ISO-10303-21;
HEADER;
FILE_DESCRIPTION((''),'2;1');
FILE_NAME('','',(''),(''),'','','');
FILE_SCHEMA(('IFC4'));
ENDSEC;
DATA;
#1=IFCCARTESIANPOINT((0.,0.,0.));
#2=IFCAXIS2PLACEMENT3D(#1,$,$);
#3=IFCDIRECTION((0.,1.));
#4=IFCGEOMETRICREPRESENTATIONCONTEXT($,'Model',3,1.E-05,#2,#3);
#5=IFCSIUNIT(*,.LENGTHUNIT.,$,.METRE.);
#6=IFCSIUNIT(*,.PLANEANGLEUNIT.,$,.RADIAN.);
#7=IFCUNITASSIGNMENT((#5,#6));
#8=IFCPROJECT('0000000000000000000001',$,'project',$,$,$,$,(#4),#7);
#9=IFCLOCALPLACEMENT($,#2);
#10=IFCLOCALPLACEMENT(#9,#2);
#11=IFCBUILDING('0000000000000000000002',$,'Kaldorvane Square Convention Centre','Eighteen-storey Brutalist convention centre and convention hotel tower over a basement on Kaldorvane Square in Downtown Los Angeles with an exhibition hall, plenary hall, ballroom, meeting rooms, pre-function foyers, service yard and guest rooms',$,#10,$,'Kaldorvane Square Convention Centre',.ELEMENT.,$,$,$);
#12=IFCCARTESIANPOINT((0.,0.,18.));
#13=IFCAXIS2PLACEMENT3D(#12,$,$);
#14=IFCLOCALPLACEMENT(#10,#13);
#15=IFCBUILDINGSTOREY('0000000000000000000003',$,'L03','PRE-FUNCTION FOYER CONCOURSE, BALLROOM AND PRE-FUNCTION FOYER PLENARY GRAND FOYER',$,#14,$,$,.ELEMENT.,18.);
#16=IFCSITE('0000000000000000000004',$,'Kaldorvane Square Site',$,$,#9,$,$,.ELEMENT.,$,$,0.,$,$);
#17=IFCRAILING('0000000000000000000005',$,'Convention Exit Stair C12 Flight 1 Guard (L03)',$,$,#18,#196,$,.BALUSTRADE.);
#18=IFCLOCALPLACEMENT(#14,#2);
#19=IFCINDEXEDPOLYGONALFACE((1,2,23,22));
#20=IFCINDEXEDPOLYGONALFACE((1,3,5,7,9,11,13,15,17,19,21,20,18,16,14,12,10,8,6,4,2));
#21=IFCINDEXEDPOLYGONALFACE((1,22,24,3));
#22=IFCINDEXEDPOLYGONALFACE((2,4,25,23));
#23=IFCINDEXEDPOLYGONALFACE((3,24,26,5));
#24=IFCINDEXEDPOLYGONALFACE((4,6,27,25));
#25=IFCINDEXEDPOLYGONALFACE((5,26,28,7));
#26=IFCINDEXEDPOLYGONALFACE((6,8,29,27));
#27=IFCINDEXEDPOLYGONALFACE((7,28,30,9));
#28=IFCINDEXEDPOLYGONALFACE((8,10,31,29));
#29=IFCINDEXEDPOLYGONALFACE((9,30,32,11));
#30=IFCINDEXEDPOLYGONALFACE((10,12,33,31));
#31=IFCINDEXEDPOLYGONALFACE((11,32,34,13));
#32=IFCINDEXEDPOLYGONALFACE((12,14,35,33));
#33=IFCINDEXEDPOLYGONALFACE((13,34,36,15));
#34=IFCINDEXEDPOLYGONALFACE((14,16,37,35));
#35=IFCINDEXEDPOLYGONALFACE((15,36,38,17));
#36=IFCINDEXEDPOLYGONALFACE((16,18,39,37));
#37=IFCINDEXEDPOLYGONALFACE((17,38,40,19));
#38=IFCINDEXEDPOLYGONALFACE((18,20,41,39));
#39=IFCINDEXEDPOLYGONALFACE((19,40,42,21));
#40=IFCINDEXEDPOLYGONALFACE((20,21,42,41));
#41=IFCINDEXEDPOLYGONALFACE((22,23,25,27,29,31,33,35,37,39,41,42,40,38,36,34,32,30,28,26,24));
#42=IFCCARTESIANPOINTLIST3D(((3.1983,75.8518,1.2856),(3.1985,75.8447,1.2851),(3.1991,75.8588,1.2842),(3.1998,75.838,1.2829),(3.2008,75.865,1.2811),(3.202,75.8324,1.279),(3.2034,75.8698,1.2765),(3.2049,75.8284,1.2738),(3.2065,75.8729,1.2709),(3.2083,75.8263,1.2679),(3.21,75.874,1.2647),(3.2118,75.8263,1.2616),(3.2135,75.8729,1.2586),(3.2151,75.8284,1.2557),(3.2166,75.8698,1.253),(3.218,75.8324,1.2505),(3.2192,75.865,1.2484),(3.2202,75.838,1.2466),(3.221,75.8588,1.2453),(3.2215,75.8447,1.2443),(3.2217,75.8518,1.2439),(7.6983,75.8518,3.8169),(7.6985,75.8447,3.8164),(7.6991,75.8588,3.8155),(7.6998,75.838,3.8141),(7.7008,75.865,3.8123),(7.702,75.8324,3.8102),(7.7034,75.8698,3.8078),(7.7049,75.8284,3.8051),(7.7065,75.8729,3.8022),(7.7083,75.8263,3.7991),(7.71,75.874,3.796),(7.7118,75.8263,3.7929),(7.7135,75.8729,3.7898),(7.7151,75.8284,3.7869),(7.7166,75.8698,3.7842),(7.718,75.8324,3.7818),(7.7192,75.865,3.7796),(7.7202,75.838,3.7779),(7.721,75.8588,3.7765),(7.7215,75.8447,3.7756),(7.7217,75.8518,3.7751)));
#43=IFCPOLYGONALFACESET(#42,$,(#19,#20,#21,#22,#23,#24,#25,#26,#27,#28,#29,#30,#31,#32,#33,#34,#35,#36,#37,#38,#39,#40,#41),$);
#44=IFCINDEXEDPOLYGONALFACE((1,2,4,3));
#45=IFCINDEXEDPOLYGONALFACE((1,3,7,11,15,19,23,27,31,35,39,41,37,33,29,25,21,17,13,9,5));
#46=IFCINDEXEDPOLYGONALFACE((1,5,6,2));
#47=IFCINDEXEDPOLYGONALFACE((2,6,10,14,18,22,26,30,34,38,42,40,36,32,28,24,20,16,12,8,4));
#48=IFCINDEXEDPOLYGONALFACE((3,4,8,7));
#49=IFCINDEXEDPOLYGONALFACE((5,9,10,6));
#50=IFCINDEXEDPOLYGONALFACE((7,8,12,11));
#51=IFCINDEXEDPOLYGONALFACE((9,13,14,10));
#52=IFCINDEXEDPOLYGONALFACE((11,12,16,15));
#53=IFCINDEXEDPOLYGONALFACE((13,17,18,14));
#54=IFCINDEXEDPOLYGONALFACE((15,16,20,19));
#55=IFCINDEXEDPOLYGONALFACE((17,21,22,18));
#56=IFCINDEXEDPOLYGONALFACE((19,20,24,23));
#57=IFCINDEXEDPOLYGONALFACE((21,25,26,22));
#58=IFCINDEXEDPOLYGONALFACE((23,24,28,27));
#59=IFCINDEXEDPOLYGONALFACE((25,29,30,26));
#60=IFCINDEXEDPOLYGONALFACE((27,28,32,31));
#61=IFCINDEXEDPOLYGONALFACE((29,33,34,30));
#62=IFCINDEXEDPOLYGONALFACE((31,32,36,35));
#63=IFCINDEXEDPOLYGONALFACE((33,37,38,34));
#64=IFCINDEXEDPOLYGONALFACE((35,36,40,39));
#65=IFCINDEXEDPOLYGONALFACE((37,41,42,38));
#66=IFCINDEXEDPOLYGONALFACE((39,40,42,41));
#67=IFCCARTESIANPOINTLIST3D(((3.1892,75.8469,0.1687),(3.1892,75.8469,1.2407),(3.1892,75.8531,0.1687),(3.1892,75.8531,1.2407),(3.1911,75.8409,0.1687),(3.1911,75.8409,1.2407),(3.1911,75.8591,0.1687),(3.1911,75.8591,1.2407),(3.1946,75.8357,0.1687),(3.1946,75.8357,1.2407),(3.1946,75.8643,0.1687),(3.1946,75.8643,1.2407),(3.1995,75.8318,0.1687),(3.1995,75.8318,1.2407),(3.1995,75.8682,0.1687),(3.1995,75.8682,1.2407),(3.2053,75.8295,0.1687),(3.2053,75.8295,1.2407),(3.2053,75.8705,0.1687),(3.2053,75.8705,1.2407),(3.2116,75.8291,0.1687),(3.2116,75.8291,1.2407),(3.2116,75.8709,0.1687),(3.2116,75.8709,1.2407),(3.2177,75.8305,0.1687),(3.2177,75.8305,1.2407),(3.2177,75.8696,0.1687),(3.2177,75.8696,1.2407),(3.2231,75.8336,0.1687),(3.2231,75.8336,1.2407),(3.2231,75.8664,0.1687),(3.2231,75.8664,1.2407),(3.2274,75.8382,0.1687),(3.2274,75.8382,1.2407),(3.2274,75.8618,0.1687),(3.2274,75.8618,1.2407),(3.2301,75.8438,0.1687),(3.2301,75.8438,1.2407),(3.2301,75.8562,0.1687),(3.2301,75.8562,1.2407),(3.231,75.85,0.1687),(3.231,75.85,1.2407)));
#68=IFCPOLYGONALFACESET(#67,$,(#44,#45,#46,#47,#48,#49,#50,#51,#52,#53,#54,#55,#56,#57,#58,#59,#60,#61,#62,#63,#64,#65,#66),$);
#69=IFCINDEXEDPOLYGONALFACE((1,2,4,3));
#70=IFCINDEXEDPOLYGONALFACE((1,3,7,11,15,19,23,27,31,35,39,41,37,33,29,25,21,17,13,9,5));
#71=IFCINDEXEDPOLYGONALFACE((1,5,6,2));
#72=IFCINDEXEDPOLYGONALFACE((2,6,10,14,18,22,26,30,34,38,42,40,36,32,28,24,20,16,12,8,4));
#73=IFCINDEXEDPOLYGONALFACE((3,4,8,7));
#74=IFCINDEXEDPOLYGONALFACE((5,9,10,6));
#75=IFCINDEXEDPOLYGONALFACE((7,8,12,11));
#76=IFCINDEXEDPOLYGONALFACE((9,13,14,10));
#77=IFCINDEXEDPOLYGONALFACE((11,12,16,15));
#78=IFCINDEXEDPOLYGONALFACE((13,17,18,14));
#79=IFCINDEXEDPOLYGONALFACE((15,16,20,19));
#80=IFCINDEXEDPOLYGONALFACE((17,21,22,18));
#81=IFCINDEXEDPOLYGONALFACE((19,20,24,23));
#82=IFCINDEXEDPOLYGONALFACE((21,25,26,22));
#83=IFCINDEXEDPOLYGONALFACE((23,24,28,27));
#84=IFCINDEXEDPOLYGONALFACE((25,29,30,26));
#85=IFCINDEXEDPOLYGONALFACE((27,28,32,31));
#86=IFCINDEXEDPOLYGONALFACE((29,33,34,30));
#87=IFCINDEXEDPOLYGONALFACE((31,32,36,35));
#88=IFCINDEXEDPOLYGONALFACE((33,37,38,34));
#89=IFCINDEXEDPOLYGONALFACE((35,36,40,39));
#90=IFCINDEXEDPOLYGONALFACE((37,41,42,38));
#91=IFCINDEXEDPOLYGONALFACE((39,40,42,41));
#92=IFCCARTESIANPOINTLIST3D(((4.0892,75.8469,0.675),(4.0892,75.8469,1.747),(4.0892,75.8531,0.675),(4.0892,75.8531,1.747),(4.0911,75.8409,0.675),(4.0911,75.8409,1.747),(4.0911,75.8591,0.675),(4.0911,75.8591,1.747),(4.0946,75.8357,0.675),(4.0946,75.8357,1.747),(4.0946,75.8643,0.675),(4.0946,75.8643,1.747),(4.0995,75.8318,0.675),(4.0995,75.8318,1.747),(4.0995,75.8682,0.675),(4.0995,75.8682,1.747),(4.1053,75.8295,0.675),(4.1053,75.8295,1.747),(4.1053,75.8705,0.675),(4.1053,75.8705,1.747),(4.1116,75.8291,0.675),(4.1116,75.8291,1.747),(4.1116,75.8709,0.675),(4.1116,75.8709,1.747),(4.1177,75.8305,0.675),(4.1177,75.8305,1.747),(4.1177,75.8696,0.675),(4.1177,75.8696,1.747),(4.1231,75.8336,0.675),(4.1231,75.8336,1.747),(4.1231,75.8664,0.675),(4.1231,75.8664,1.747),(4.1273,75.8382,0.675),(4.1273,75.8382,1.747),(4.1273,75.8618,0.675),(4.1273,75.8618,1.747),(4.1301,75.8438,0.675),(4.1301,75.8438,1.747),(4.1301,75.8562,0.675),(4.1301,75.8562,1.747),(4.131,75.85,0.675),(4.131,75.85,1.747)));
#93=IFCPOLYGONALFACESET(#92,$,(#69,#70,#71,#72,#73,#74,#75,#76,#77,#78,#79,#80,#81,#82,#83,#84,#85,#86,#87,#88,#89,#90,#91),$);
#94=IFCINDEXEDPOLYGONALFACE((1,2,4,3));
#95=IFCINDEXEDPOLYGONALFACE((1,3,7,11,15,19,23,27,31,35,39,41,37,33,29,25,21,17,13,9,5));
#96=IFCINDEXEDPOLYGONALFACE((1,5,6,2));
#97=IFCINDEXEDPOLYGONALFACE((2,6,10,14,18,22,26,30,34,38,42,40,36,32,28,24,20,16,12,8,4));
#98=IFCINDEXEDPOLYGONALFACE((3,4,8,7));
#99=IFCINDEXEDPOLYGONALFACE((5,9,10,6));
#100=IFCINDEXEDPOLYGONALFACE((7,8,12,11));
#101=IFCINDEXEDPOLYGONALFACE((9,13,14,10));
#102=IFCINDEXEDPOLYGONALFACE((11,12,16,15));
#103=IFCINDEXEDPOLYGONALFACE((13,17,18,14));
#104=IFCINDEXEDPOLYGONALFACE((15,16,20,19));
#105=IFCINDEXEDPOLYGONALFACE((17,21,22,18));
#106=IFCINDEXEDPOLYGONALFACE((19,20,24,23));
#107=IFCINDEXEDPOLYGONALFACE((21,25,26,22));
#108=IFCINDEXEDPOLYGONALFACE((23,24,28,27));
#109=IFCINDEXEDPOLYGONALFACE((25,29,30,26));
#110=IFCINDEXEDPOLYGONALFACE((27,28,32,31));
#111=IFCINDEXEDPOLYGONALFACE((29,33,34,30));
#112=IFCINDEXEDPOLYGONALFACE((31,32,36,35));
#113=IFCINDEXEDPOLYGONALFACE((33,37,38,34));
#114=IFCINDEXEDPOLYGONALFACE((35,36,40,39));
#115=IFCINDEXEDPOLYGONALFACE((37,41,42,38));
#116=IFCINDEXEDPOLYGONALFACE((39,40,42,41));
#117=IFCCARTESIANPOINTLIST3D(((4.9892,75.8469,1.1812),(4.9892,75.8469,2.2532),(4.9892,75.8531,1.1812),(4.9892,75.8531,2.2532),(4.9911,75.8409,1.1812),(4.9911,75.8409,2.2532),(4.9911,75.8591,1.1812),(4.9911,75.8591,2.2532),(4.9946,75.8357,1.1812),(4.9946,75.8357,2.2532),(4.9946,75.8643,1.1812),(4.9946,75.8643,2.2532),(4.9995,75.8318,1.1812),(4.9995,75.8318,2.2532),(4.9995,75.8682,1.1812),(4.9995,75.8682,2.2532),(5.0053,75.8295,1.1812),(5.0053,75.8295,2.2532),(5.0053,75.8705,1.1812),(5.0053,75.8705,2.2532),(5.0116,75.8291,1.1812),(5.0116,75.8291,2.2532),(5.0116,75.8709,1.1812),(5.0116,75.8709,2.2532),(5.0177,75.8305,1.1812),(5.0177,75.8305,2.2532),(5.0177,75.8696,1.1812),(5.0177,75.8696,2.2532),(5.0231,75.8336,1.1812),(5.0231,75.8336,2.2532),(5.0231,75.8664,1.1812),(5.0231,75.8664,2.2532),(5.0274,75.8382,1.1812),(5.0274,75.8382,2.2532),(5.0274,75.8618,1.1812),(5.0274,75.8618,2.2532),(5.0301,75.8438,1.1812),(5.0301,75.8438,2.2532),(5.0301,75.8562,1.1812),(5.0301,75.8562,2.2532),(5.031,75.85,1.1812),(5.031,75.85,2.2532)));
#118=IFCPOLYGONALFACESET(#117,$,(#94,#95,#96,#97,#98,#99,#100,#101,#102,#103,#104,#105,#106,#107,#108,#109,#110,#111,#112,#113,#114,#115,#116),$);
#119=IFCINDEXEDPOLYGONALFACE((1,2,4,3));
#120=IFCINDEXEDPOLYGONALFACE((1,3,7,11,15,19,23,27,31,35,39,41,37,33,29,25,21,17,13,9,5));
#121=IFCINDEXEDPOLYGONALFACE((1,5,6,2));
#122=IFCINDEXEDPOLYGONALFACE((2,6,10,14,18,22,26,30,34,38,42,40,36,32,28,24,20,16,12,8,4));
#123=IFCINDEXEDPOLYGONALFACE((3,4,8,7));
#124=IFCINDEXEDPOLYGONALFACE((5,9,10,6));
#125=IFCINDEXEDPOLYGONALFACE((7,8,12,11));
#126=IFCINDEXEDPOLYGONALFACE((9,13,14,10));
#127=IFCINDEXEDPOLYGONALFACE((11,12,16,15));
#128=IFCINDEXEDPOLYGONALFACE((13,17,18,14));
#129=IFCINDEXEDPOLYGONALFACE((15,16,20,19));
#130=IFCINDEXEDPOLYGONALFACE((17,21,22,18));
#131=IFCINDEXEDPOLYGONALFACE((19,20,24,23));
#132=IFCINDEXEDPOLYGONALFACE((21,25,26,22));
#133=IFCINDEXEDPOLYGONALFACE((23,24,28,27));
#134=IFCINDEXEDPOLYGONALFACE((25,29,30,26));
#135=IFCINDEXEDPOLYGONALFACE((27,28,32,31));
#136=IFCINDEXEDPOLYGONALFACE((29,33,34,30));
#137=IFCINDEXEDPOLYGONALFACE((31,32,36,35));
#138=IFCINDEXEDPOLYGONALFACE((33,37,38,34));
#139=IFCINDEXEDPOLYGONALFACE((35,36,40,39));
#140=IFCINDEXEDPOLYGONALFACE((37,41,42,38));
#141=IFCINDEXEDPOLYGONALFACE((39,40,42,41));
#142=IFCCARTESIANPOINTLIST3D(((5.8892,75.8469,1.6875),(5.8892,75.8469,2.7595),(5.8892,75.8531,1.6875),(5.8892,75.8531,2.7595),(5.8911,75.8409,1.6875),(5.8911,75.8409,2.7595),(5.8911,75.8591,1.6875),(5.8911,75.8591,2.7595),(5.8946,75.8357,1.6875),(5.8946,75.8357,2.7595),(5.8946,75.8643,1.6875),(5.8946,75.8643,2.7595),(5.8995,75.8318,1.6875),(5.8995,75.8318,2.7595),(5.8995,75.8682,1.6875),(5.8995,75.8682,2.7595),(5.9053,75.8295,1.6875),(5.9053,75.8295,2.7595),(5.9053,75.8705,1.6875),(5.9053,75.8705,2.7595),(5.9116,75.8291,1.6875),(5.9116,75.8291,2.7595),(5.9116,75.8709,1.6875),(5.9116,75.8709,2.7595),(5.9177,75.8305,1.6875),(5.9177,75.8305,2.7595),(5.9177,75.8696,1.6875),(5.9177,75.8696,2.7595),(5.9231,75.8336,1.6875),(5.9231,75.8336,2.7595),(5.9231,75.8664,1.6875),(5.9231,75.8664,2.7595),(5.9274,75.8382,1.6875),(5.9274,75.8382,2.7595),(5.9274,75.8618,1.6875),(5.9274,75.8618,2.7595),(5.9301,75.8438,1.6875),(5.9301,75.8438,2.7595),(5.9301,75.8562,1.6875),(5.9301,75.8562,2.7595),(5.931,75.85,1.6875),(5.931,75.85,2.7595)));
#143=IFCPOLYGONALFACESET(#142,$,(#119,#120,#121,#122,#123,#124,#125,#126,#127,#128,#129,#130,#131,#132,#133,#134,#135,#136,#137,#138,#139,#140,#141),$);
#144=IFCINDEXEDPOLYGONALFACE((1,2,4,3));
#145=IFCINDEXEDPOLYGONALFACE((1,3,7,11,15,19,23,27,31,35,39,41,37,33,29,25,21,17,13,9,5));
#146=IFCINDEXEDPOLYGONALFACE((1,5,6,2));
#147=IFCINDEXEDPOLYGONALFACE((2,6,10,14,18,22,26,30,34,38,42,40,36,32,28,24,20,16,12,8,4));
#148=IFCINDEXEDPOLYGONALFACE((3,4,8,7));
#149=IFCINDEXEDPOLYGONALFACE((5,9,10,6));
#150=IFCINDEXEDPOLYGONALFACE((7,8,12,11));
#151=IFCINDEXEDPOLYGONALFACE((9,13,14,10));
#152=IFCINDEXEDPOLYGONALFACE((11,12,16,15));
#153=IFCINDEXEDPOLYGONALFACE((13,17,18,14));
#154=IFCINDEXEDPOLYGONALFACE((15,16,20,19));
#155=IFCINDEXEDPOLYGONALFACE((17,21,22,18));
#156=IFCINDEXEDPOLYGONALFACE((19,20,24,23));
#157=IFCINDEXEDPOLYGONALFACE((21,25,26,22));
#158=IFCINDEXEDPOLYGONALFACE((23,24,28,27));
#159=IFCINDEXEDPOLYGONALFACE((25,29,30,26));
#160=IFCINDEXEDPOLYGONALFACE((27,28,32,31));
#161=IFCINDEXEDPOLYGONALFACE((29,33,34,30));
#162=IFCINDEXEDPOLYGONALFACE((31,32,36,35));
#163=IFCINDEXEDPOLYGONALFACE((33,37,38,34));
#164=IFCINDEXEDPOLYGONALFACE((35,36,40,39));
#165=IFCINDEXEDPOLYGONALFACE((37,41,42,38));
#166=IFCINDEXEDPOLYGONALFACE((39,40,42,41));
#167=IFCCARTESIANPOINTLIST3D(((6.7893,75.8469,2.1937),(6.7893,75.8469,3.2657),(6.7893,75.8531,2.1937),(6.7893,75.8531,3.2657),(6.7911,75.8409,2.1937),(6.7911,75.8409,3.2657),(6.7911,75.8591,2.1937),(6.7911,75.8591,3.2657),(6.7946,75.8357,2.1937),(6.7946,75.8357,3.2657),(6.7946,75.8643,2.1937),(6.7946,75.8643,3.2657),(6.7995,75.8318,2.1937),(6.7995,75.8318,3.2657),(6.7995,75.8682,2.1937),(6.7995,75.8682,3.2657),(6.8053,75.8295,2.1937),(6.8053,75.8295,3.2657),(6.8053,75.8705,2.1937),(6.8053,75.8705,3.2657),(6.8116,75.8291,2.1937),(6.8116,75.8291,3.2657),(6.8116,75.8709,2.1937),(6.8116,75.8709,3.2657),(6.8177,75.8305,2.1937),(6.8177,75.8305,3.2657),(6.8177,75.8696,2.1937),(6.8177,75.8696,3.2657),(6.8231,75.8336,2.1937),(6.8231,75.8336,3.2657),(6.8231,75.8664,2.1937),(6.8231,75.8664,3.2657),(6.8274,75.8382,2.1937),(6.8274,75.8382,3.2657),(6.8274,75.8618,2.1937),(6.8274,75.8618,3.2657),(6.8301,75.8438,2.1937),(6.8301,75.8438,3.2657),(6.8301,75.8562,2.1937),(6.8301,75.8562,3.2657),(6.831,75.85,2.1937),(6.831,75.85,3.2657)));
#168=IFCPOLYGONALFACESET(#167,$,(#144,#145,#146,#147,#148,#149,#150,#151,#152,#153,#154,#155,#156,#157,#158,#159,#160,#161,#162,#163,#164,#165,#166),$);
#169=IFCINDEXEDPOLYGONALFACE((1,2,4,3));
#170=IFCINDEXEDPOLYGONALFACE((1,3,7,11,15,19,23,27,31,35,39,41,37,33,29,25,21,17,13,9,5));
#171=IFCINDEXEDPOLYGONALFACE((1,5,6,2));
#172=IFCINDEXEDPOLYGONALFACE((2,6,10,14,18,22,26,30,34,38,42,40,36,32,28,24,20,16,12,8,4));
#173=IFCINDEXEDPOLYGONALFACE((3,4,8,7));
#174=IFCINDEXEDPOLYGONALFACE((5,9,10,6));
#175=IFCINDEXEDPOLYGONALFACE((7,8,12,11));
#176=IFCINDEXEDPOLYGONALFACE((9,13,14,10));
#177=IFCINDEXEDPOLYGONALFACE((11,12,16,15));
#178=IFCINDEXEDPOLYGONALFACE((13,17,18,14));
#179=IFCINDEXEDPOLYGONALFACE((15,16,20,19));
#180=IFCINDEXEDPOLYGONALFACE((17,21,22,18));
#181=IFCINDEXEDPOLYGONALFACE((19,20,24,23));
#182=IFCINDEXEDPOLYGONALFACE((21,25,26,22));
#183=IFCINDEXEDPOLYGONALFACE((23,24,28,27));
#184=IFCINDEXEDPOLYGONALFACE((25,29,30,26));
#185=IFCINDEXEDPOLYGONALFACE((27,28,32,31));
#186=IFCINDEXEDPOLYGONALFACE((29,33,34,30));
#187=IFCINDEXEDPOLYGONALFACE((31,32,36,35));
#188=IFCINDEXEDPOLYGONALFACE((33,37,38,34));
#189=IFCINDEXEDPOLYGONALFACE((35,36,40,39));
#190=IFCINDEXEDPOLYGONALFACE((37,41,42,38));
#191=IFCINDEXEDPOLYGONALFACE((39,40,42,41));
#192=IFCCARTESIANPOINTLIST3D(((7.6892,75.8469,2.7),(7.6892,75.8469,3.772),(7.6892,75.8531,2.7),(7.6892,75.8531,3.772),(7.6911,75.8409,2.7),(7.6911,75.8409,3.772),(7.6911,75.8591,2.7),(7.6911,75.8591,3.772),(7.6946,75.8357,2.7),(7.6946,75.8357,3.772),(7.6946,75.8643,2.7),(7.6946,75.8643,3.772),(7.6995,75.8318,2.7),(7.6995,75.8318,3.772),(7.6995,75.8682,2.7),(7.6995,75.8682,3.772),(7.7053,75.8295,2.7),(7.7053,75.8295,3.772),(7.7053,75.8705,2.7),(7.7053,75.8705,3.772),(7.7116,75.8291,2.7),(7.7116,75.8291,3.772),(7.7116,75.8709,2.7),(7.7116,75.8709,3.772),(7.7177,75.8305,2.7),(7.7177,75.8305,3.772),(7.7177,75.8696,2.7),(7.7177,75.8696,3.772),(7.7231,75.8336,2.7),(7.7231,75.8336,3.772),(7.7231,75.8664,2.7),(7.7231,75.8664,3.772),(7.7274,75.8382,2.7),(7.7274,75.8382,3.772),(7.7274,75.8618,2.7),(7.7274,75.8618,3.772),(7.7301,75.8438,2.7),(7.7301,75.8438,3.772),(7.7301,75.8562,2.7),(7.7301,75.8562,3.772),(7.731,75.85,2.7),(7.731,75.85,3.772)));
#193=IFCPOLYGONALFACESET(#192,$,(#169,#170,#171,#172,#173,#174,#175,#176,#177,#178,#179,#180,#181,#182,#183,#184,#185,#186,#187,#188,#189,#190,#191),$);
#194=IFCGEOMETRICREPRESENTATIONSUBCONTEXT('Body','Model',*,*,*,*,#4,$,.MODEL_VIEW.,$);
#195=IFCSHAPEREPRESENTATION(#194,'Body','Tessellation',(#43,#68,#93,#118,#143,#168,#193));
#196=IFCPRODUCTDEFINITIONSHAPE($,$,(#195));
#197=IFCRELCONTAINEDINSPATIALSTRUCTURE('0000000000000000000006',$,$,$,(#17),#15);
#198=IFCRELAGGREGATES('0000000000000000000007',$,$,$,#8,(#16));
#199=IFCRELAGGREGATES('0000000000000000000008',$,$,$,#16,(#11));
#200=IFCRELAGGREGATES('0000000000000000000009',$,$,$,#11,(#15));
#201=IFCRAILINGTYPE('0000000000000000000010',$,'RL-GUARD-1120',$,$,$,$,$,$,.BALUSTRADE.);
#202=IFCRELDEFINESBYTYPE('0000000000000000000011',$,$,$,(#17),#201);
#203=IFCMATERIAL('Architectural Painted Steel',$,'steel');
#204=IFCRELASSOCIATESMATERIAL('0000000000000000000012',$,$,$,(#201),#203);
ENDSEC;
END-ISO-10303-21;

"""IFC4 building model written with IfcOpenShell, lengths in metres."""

from ifc_helpers import new_model, si_unit, direction, frame, origin, origin_2d, place, context, subcontext, project, spatial, circle, extrude, material, type_object, element, save


model = new_model("IFC4")

# Units and contexts
model_context = context("Model", 3, precision=1e-05, world=origin(), true_north=direction((0.0, 1.0)))
body_context = subcontext(model_context, "Body", "Model", "MODEL_VIEW")
ifc_project = project(units=[si_unit("LENGTHUNIT", "METRE"), si_unit("PLANEANGLEUNIT", "RADIAN")], contexts=[model_context])

# Site, building, storey
site_placement = place(None, origin())
site = spatial("IfcSite", under=ifc_project, at=site_placement, Name="Kaldorvane Square Site", CompositionType="ELEMENT", RefElevation=0.0)
building_placement = place(site_placement, origin())
building = spatial("IfcBuilding", under=site, at=building_placement, Name="Kaldorvane Square Convention Centre", Description="Eighteen-storey Brutalist convention centre and convention hotel tower over a basement on Kaldorvane Square in Downtown Los Angeles with an exhibition hall, plenary hall, ballroom, meeting rooms, pre-function foyers, service yard and guest rooms", LongName="Kaldorvane Square Convention Centre", CompositionType="ELEMENT")
storey_placement = place(building_placement, frame((0.0, 0.0, 18.0)))
storey = spatial("IfcBuildingStorey", under=building, at=storey_placement, Name="L03", Description="PRE-FUNCTION FOYER CONCOURSE, BALLROOM AND PRE-FUNCTION FOYER PLENARY GRAND FOYER", CompositionType="ELEMENT", Elevation=18.0)

# Railing
ifc_material_1 = material(Name="Architectural Painted Steel", Category="steel")
railing_type_1 = type_object("IfcRailingType", Name="RL-GUARD-1120", PredefinedType="BALUSTRADE", material=ifc_material_1)
railing_1_placement = place(storey_placement, frame((3.21, 75.85, 0.1687)))
element("IfcRailing", 1, at=railing_1_placement, inside=storey, type_object=railing_type_1, Name="Convention Exit Stair C12 Flight 1 Guard (L03)", PredefinedType="BALUSTRADE", context=body_context, shape_type="SweptSolid", body=[
    extrude(circle(Radius=0.024, at=origin_2d()), frame((0.0, 0.0, 1.096), z_axis=(0.871576, 0.0, 0.490261), x_axis=(0.0, 1.0, 0.0)), (0.0, 0.0, 1.0), 5.1631),
    extrude(circle(Radius=0.021, at=origin_2d()), origin(), (0.0, 0.0, 1.0), 1.072),
    extrude(circle(Radius=0.021, at=origin_2d()), frame((0.9, 0.0, 0.5063)), (0.0, 0.0, 1.0), 1.072),
    extrude(circle(Radius=0.021, at=origin_2d()), frame((1.8, 0.0, 1.0125)), (0.0, 0.0, 1.0), 1.072),
    extrude(circle(Radius=0.021, at=origin_2d()), frame((2.7, 0.0, 1.5188)), (0.0, 0.0, 1.0), 1.072),
    extrude(circle(Radius=0.021, at=origin_2d()), frame((3.6, 0.0, 2.025)), (0.0, 0.0, 1.0), 1.072),
    extrude(circle(Radius=0.021, at=origin_2d()), frame((4.5, 0.0, 2.5312)), (0.0, 0.0, 1.0), 1.072),
])

save(model, "model.ifc")
